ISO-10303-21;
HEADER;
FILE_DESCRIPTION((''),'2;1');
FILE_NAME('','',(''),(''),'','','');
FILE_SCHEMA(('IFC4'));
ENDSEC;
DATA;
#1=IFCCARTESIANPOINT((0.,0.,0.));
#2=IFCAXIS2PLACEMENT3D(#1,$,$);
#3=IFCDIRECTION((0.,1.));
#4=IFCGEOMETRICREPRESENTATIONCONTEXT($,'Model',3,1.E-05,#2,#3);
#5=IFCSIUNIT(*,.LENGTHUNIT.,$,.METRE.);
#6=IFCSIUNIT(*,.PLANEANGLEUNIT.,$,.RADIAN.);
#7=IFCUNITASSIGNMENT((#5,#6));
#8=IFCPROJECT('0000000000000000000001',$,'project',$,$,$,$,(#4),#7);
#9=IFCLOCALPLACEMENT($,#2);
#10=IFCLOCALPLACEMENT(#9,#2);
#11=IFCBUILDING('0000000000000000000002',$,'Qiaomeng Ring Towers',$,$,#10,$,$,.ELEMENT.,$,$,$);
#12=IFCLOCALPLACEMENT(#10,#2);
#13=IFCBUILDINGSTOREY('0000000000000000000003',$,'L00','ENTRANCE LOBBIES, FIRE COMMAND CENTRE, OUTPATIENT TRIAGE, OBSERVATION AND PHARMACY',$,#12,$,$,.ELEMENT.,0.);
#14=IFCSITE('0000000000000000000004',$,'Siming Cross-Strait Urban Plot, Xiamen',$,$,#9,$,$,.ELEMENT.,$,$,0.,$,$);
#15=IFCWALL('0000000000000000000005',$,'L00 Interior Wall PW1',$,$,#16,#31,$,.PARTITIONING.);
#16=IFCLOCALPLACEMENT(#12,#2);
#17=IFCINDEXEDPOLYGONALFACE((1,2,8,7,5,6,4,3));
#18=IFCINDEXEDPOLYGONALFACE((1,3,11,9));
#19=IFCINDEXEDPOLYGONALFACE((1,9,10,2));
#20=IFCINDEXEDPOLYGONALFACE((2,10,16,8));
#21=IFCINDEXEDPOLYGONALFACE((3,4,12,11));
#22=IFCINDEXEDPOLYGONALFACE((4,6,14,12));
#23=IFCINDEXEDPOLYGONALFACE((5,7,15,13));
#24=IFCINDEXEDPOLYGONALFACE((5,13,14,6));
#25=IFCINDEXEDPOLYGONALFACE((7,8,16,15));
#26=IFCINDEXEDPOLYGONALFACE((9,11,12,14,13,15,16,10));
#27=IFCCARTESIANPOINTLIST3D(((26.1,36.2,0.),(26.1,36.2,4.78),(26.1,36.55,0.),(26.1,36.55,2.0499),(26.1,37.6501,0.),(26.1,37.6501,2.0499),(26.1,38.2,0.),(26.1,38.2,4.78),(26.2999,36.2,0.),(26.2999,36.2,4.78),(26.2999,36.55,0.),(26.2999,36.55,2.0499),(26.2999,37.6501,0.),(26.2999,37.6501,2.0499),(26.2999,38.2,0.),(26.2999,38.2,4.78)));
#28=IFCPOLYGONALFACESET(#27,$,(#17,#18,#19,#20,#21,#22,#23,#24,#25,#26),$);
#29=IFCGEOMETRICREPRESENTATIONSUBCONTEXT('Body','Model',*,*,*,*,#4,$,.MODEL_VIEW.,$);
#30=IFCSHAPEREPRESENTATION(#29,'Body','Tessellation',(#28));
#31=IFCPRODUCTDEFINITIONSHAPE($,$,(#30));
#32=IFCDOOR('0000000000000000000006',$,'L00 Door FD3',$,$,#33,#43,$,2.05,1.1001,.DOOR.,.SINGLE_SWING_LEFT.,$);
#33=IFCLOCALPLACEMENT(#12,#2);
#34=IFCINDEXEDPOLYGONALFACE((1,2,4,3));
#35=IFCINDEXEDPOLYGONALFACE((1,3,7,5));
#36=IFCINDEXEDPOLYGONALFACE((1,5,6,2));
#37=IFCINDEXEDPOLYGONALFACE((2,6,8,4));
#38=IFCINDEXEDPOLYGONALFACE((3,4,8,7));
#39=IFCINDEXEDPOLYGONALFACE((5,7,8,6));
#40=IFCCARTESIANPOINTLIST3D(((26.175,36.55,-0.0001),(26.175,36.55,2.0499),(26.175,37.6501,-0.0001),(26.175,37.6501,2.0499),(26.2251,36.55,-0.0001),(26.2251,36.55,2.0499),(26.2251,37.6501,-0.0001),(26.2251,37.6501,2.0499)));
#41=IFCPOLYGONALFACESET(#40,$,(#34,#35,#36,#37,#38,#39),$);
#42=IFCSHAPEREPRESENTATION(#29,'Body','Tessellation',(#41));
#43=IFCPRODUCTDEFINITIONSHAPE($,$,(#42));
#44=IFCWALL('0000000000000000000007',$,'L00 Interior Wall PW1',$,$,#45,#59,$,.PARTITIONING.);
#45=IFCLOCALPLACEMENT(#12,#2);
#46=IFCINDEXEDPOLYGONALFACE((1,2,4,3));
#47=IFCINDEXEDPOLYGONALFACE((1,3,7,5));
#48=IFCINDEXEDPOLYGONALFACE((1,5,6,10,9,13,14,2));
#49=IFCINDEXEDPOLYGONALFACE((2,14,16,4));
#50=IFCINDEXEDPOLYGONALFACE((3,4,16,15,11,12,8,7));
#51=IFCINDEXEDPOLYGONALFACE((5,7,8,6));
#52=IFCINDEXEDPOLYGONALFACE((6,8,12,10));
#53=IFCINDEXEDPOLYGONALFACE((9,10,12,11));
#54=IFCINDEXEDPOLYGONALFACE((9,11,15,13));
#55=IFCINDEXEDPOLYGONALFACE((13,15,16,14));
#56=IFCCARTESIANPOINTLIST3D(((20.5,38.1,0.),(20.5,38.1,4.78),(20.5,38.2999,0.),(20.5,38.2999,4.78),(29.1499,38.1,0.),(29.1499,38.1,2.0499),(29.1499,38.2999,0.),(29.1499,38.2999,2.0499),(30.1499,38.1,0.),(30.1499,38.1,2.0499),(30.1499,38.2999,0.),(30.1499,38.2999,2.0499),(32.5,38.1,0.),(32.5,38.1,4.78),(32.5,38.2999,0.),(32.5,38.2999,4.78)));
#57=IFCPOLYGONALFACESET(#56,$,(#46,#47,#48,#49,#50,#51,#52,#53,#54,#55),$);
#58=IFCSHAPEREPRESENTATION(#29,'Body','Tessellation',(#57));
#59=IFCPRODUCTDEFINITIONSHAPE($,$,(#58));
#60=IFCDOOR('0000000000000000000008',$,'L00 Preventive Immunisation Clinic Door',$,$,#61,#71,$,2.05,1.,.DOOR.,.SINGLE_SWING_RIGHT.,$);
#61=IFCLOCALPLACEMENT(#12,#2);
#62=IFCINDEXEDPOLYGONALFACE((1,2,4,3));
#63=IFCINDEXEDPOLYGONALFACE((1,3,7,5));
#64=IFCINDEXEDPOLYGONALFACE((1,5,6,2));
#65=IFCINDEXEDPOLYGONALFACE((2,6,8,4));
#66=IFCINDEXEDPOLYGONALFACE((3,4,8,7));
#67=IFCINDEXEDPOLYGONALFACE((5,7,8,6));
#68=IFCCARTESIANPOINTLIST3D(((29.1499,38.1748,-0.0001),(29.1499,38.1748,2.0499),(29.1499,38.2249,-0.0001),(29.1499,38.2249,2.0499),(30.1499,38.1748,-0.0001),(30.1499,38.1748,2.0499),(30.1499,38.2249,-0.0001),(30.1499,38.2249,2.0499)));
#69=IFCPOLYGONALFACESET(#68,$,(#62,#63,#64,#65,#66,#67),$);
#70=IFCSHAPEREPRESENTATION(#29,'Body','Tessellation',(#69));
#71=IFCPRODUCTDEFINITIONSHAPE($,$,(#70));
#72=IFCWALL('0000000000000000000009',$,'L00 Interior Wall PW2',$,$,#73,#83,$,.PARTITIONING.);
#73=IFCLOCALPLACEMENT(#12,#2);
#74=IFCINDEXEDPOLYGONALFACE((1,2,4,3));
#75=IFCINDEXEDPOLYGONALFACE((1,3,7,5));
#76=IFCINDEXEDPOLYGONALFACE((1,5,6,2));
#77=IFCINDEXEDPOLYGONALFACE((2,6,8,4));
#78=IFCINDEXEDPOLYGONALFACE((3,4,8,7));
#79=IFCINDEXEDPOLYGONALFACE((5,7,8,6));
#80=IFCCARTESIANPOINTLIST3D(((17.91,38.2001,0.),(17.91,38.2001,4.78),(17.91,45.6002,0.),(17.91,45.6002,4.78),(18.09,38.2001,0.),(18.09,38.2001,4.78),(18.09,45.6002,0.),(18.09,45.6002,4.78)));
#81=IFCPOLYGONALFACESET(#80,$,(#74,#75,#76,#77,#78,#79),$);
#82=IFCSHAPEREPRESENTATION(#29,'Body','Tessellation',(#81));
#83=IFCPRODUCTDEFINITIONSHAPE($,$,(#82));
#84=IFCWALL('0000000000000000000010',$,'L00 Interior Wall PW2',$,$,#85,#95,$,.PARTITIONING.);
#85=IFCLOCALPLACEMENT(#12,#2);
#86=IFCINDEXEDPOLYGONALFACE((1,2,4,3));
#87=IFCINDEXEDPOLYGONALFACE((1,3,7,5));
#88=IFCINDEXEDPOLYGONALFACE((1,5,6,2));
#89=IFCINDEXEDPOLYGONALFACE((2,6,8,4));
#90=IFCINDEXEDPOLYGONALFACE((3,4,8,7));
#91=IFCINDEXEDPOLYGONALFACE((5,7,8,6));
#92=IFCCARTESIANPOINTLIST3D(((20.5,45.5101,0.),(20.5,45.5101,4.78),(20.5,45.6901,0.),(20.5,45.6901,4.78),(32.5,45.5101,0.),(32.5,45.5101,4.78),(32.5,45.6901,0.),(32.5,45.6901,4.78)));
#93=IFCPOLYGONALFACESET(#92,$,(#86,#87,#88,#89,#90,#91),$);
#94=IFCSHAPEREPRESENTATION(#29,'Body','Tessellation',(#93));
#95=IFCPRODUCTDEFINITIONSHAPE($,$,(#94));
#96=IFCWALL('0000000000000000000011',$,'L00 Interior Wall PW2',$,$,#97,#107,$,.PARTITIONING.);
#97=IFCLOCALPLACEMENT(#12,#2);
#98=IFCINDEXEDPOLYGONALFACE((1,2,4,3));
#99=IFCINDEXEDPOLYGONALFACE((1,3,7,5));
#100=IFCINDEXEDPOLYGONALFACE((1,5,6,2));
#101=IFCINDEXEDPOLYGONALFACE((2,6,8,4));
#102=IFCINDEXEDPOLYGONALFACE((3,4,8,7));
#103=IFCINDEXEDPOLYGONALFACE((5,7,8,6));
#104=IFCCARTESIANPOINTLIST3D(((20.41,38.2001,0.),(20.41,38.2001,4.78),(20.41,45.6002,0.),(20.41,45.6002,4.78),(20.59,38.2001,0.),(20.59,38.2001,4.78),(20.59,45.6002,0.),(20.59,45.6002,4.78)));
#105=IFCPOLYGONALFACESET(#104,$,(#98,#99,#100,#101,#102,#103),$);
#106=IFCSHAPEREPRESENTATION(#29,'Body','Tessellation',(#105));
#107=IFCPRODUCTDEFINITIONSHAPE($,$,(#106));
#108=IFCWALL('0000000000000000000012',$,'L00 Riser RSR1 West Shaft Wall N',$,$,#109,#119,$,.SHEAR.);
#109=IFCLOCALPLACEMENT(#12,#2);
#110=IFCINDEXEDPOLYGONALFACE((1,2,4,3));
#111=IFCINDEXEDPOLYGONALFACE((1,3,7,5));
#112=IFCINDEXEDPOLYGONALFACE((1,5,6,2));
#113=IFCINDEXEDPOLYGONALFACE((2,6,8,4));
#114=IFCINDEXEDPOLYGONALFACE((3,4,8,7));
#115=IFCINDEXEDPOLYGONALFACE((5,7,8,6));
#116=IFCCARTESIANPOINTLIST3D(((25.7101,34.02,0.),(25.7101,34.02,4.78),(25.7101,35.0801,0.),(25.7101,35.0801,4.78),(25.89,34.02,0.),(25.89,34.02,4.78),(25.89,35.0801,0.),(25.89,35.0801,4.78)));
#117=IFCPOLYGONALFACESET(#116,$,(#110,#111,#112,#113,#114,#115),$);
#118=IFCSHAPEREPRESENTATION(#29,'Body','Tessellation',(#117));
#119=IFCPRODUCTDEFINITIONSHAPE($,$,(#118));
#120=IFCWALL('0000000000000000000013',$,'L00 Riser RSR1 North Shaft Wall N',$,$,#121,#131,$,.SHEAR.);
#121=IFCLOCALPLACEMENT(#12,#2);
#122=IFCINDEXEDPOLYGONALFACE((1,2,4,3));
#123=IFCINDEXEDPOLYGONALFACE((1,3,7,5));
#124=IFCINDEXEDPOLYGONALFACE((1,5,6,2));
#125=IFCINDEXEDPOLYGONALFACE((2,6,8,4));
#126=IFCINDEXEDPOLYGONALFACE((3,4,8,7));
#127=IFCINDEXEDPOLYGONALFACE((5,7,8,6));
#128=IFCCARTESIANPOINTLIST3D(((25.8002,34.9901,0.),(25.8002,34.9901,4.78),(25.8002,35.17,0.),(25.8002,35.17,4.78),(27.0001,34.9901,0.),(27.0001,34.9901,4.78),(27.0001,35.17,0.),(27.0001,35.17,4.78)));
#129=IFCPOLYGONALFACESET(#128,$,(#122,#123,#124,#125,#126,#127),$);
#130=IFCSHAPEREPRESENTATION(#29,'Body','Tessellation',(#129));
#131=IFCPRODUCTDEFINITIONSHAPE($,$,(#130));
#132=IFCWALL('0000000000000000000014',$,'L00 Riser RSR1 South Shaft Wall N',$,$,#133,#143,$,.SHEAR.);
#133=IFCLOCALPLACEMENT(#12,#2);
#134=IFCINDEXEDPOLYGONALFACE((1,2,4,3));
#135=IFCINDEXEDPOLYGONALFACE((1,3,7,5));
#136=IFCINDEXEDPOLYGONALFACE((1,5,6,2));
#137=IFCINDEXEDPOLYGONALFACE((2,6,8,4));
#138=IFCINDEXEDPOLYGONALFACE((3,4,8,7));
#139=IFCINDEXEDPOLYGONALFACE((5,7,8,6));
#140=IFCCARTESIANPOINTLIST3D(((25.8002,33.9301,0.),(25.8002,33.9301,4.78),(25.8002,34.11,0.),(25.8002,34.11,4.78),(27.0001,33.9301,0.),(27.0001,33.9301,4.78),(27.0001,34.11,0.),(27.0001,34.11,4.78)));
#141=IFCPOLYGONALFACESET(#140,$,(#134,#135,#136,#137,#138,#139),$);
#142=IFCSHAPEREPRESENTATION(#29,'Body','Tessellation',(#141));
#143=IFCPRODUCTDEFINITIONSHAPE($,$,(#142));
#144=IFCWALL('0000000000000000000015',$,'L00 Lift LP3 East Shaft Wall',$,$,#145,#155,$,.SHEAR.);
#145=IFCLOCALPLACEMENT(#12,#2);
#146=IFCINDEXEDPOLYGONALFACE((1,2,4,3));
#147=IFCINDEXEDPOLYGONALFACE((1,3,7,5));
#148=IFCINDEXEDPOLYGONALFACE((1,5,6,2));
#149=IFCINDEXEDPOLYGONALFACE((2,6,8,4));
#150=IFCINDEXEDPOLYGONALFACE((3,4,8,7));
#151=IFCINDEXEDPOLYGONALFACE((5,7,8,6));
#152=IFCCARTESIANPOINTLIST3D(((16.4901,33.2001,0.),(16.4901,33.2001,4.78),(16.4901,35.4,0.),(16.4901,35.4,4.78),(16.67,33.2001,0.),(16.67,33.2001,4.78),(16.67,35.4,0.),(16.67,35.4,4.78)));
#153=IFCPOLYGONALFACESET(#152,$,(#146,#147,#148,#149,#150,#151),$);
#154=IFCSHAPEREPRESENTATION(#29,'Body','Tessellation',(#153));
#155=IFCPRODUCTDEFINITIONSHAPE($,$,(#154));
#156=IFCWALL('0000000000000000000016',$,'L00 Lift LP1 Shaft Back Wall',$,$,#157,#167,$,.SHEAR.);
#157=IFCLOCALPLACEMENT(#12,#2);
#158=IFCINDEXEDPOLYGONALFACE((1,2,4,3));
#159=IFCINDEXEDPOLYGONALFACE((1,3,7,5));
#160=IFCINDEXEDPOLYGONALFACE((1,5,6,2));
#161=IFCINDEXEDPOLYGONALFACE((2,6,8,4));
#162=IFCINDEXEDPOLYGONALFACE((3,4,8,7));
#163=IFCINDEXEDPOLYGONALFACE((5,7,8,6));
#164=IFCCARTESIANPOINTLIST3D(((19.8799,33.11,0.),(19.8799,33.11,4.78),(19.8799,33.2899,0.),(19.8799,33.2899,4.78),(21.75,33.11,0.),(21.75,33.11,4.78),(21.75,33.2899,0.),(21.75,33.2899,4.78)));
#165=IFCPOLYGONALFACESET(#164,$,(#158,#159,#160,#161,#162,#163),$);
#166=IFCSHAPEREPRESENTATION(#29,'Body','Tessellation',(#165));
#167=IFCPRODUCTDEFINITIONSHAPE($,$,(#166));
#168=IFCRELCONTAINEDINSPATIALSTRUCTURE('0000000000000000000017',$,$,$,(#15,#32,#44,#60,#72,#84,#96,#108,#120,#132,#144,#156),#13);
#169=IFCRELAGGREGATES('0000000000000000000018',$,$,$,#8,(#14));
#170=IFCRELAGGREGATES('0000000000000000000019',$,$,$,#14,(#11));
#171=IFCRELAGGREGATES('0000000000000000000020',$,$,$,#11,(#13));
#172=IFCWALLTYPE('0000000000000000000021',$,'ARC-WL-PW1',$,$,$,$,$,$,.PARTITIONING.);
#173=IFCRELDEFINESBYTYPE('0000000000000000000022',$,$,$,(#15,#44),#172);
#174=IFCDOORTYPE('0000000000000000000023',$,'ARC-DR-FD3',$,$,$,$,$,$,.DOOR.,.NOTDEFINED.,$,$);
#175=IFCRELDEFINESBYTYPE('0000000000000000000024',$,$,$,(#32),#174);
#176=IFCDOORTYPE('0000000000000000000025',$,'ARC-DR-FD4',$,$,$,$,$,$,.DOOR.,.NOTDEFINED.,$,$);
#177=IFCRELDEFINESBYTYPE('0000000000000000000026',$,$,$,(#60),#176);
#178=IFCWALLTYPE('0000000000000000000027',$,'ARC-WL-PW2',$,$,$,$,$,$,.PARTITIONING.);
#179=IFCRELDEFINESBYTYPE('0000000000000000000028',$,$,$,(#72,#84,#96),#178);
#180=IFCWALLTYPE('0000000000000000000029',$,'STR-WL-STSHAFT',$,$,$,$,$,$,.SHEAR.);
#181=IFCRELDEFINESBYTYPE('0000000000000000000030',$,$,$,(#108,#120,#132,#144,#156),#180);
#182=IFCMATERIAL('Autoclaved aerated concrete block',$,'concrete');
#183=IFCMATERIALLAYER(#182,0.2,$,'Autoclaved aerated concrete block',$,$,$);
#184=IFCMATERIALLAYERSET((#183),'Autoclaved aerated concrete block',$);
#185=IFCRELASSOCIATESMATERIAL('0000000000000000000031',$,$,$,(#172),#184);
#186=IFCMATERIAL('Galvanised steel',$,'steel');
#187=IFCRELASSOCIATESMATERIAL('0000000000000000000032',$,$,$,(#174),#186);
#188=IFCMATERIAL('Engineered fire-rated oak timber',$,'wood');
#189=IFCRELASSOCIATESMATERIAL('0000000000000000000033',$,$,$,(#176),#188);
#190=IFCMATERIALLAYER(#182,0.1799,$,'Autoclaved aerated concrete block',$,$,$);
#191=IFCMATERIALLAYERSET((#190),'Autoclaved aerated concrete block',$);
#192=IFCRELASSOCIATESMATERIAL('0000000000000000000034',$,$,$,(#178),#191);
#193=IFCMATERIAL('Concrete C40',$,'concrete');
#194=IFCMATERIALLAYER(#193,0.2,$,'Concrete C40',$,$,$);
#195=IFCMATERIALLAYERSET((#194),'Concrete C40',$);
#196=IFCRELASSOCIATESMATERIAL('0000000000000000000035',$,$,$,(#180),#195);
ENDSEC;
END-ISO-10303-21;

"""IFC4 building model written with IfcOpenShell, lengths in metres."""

from ifc_helpers import new_model, si_unit, direction, frame, frame_2d, origin, place, context, subcontext, project, spatial, rectangle, extrude, source, transform, mapped, material, layer, layer_set, type_object, element, fill, save


model = new_model("IFC4")

# Units and contexts
model_context = context("Model", 3, precision=1e-05, world=origin(), true_north=direction((0.0, 1.0)))
body_context = subcontext(model_context, "Body", "Model", "MODEL_VIEW")
ifc_project = project(units=[si_unit("LENGTHUNIT", "METRE"), si_unit("PLANEANGLEUNIT", "RADIAN")], contexts=[model_context])

# Site, building, storey
site_placement = place(None, origin())
site = spatial("IfcSite", under=ifc_project, at=site_placement, Name="Siming Cross-Strait Urban Plot, Xiamen", CompositionType="ELEMENT", RefElevation=0.0)
building_placement = place(site_placement, origin())
building = spatial("IfcBuilding", under=site, at=building_placement, Name="Qiaomeng Ring Towers", CompositionType="ELEMENT")
storey_placement = place(building_placement, origin())
storey = spatial("IfcBuildingStorey", under=building, at=storey_placement, Name="L00", Description="ENTRANCE LOBBIES, FIRE COMMAND CENTRE, OUTPATIENT TRIAGE, OBSERVATION AND PHARMACY", CompositionType="ELEMENT", Elevation=0.0)

# Shared definitions
ifc_material_1 = material(Name="Autoclaved aerated concrete block", Category="concrete")
ifc_layer_1 = layer(ifc_material_1, 0.2, Name="Autoclaved aerated concrete block")
ifc_layer_set_1 = layer_set([ifc_layer_1], Name="Autoclaved aerated concrete block")
wall_type_1 = type_object("IfcWallType", Name="ARC-WL-PW1", PredefinedType="PARTITIONING", material=ifc_layer_set_1)

# Walls, openings, doors
wall_1_placement = place(storey_placement, frame((26.2, 36.2, 0.0), z_axis=(0.0, 0.0, 1.0), x_axis=(0.0, 1.0, 0.0)))
wall_1 = element("IfcWall", 1, at=wall_1_placement, inside=storey, type_object=wall_type_1, Name="L00 Interior Wall PW1", PredefinedType="PARTITIONING", context=body_context, shape_type="SweptSolid", body=[
    extrude(rectangle(XDim=2.0, YDim=0.2, at=frame_2d((1.0, 0.0))), origin(), (0.0, 0.0, 1.0), 4.78),
])
opening_1_placement = place(wall_1_placement, frame((0.3501, 0.0, 0.0)))
opening_1 = element("IfcOpeningElement", 2, at=opening_1_placement, cuts=wall_1, PredefinedType="OPENING", context=body_context, shape_type="SweptSolid", body=[
    extrude(rectangle(XDim=1.1001, YDim=2.05, at=frame_2d((0.55, 1.0249))), frame((0.0, 0.1099, 0.0), z_axis=(0.0, -1.0, 0.0), x_axis=(1.0, 0.0, 0.0)), (0.0, 0.0, 1.0), 0.22),
])
ifc_material_2 = material(Name="Galvanised steel", Category="steel")
door_type_1 = type_object("IfcDoorType", Name="ARC-DR-FD3", OperationType="NOTDEFINED", PredefinedType="DOOR", material=ifc_material_2)
shared_shape_1 = source(origin(), body_context, "Body", "SweptSolid", [
    extrude(rectangle(XDim=1.1001, YDim=2.05, at=frame_2d((0.55, 1.0249))), frame((0.0, 0.0249, 0.0), z_axis=(0.0, -1.0, 0.0), x_axis=(1.0, 0.0, 0.0)), (0.0, 0.0, 1.0), 0.05),
])
door_1_placement = place(opening_1_placement, origin())
door_1 = element("IfcDoor", 3, at=door_1_placement, inside=storey, type_object=door_type_1, Name="L00 Door FD3", OperationType="SINGLE_SWING_LEFT", OverallHeight=2.05, OverallWidth=1.1001, PredefinedType="DOOR", context=body_context, shape_type="MappedRepresentation", body=[
    mapped(shared_shape_1, transform((0.0, 0.0, 0.0), x_axis=(1.0, 0.0, 0.0), y_axis=(0.0, 1.0, 0.0), z_axis=(0.0, 0.0, 1.0), scale=1.0)),
])
fill(opening_1, door_1)
wall_2_placement = place(storey_placement, frame((20.5, 38.2, 0.0), z_axis=(0.0, 0.0, 1.0), x_axis=(1.0, 0.0, 0.0)))
wall_2 = element("IfcWall", 4, at=wall_2_placement, inside=storey, type_object=wall_type_1, Name="L00 Interior Wall PW1", PredefinedType="PARTITIONING", context=body_context, shape_type="SweptSolid", body=[
    extrude(rectangle(XDim=12.0, YDim=0.2, at=frame_2d((6.0, 0.0))), origin(), (0.0, 0.0, 1.0), 4.78),
])
opening_2_placement = place(wall_2_placement, frame((8.6499, 0.0, 0.0)))
opening_2 = element("IfcOpeningElement", 5, at=opening_2_placement, cuts=wall_2, PredefinedType="OPENING", context=body_context, shape_type="SweptSolid", body=[
    extrude(rectangle(XDim=1.0, YDim=2.05, at=frame_2d((0.5, 1.0249))), frame((0.0, 0.1099, 0.0), z_axis=(0.0, -1.0, 0.0), x_axis=(1.0, 0.0, 0.0)), (0.0, 0.0, 1.0), 0.22),
])
ifc_material_3 = material(Name="Engineered fire-rated oak timber", Category="wood")
door_type_2 = type_object("IfcDoorType", Name="ARC-DR-FD4", OperationType="NOTDEFINED", PredefinedType="DOOR", material=ifc_material_3)
shared_shape_2 = source(origin(), body_context, "Body", "SweptSolid", [
    extrude(rectangle(XDim=1.0, YDim=2.05, at=frame_2d((0.5, 1.0249))), frame((0.0, 0.0249, 0.0), z_axis=(0.0, -1.0, 0.0), x_axis=(1.0, 0.0, 0.0)), (0.0, 0.0, 1.0), 0.05),
])
door_2_placement = place(opening_2_placement, origin())
door_2 = element("IfcDoor", 6, at=door_2_placement, inside=storey, type_object=door_type_2, Name="L00 Preventive Immunisation Clinic Door", OperationType="SINGLE_SWING_RIGHT", OverallHeight=2.05, OverallWidth=1.0, PredefinedType="DOOR", context=body_context, shape_type="MappedRepresentation", body=[
    mapped(shared_shape_2, transform((0.0, 0.0, 0.0), x_axis=(1.0, 0.0, 0.0), y_axis=(0.0, 1.0, 0.0), z_axis=(0.0, 0.0, 1.0), scale=1.0)),
])
fill(opening_2, door_2)

# Walls
ifc_layer_2 = layer(ifc_material_1, 0.1799, Name="Autoclaved aerated concrete block")
ifc_layer_set_2 = layer_set([ifc_layer_2], Name="Autoclaved aerated concrete block")
wall_type_2 = type_object("IfcWallType", Name="ARC-WL-PW2", PredefinedType="PARTITIONING", material=ifc_layer_set_2)
wall_3_placement = place(storey_placement, frame((18.0, 38.2, 0.0), z_axis=(0.0, 0.0, 1.0), x_axis=(0.0, 1.0, 0.0)))
element("IfcWall", 7, at=wall_3_placement, inside=storey, type_object=wall_type_2, Name="L00 Interior Wall PW2", PredefinedType="PARTITIONING", context=body_context, shape_type="SweptSolid", body=[
    extrude(rectangle(XDim=7.4001, YDim=0.1799, at=frame_2d((3.7002, 0.0))), origin(), (0.0, 0.0, 1.0), 4.78),
])
wall_4_placement = place(storey_placement, frame((20.5, 45.6001, 0.0), z_axis=(0.0, 0.0, 1.0), x_axis=(1.0, 0.0, 0.0)))
element("IfcWall", 8, at=wall_4_placement, inside=storey, type_object=wall_type_2, Name="L00 Interior Wall PW2", PredefinedType="PARTITIONING", context=body_context, shape_type="SweptSolid", body=[
    extrude(rectangle(XDim=12.0, YDim=0.1799, at=frame_2d((6.0, 0.0))), origin(), (0.0, 0.0, 1.0), 4.78),
])
wall_5_placement = place(storey_placement, frame((20.5, 38.2, 0.0), z_axis=(0.0, 0.0, 1.0), x_axis=(0.0, 1.0, 0.0)))
element("IfcWall", 9, at=wall_5_placement, inside=storey, type_object=wall_type_2, Name="L00 Interior Wall PW2", PredefinedType="PARTITIONING", context=body_context, shape_type="SweptSolid", body=[
    extrude(rectangle(XDim=7.4001, YDim=0.1799, at=frame_2d((3.7002, 0.0))), origin(), (0.0, 0.0, 1.0), 4.78),
])
ifc_material_4 = material(Name="Concrete C40", Category="concrete")
ifc_layer_3 = layer(ifc_material_4, 0.2, Name="Concrete C40")
ifc_layer_set_3 = layer_set([ifc_layer_3], Name="Concrete C40")
wall_type_3 = type_object("IfcWallType", Name="STR-WL-STSHAFT", PredefinedType="SHEAR", material=ifc_layer_set_3)
wall_6_placement = place(storey_placement, frame((25.8, 34.02, 0.0), z_axis=(0.0, 0.0, 1.0), x_axis=(0.0, 1.0, 0.0)))
element("IfcWall", 10, at=wall_6_placement, inside=storey, type_object=wall_type_3, Name="L00 Riser RSR1 West Shaft Wall N", PredefinedType="SHEAR", context=body_context, shape_type="SweptSolid", body=[
    extrude(rectangle(XDim=1.0601, YDim=0.1799, at=frame_2d((0.53, 0.0))), origin(), (0.0, 0.0, 1.0), 4.78),
])
for number, where, z_axis, x_axis, name in (
    (11, (25.8, 35.0801, 0.0), (0.0, 0.0, 1.0), (1.0, 0.0, 0.0), "L00 Riser RSR1 North Shaft Wall N"),
    (12, (25.8, 34.02, 0.0), (0.0, 0.0, 1.0), (1.0, 0.0, 0.0), "L00 Riser RSR1 South Shaft Wall N"),
):
    element("IfcWall", number, at=place(storey_placement, frame(where, z_axis=z_axis, x_axis=x_axis)), inside=storey, type_object=wall_type_3, Name=name, PredefinedType="SHEAR", context=body_context, shape_type="SweptSolid", body=[
        extrude(rectangle(XDim=1.2, YDim=0.1799, at=frame_2d((0.6001, 0.0))), origin(), (0.0, 0.0, 1.0), 4.78),
    ])
wall_7_placement = place(storey_placement, frame((16.5801, 33.2, 0.0), z_axis=(0.0, 0.0, 1.0), x_axis=(0.0, 1.0, 0.0)))
element("IfcWall", 13, at=wall_7_placement, inside=storey, type_object=wall_type_3, Name="L00 Lift LP3 East Shaft Wall", PredefinedType="SHEAR", context=body_context, shape_type="SweptSolid", body=[
    extrude(rectangle(XDim=2.2, YDim=0.1799, at=frame_2d((1.1001, 0.0))), origin(), (0.0, 0.0, 1.0), 4.78),
])
wall_8_placement = place(storey_placement, frame((19.8799, 33.2, 0.0), z_axis=(0.0, 0.0, 1.0), x_axis=(1.0, 0.0, 0.0)))
element("IfcWall", 14, at=wall_8_placement, inside=storey, type_object=wall_type_3, Name="L00 Lift LP1 Shaft Back Wall", PredefinedType="SHEAR", context=body_context, shape_type="SweptSolid", body=[
    extrude(rectangle(XDim=1.8701, YDim=0.1799, at=frame_2d((0.9351, 0.0))), origin(), (0.0, 0.0, 1.0), 4.78),
])

save(model, "model.ifc")
